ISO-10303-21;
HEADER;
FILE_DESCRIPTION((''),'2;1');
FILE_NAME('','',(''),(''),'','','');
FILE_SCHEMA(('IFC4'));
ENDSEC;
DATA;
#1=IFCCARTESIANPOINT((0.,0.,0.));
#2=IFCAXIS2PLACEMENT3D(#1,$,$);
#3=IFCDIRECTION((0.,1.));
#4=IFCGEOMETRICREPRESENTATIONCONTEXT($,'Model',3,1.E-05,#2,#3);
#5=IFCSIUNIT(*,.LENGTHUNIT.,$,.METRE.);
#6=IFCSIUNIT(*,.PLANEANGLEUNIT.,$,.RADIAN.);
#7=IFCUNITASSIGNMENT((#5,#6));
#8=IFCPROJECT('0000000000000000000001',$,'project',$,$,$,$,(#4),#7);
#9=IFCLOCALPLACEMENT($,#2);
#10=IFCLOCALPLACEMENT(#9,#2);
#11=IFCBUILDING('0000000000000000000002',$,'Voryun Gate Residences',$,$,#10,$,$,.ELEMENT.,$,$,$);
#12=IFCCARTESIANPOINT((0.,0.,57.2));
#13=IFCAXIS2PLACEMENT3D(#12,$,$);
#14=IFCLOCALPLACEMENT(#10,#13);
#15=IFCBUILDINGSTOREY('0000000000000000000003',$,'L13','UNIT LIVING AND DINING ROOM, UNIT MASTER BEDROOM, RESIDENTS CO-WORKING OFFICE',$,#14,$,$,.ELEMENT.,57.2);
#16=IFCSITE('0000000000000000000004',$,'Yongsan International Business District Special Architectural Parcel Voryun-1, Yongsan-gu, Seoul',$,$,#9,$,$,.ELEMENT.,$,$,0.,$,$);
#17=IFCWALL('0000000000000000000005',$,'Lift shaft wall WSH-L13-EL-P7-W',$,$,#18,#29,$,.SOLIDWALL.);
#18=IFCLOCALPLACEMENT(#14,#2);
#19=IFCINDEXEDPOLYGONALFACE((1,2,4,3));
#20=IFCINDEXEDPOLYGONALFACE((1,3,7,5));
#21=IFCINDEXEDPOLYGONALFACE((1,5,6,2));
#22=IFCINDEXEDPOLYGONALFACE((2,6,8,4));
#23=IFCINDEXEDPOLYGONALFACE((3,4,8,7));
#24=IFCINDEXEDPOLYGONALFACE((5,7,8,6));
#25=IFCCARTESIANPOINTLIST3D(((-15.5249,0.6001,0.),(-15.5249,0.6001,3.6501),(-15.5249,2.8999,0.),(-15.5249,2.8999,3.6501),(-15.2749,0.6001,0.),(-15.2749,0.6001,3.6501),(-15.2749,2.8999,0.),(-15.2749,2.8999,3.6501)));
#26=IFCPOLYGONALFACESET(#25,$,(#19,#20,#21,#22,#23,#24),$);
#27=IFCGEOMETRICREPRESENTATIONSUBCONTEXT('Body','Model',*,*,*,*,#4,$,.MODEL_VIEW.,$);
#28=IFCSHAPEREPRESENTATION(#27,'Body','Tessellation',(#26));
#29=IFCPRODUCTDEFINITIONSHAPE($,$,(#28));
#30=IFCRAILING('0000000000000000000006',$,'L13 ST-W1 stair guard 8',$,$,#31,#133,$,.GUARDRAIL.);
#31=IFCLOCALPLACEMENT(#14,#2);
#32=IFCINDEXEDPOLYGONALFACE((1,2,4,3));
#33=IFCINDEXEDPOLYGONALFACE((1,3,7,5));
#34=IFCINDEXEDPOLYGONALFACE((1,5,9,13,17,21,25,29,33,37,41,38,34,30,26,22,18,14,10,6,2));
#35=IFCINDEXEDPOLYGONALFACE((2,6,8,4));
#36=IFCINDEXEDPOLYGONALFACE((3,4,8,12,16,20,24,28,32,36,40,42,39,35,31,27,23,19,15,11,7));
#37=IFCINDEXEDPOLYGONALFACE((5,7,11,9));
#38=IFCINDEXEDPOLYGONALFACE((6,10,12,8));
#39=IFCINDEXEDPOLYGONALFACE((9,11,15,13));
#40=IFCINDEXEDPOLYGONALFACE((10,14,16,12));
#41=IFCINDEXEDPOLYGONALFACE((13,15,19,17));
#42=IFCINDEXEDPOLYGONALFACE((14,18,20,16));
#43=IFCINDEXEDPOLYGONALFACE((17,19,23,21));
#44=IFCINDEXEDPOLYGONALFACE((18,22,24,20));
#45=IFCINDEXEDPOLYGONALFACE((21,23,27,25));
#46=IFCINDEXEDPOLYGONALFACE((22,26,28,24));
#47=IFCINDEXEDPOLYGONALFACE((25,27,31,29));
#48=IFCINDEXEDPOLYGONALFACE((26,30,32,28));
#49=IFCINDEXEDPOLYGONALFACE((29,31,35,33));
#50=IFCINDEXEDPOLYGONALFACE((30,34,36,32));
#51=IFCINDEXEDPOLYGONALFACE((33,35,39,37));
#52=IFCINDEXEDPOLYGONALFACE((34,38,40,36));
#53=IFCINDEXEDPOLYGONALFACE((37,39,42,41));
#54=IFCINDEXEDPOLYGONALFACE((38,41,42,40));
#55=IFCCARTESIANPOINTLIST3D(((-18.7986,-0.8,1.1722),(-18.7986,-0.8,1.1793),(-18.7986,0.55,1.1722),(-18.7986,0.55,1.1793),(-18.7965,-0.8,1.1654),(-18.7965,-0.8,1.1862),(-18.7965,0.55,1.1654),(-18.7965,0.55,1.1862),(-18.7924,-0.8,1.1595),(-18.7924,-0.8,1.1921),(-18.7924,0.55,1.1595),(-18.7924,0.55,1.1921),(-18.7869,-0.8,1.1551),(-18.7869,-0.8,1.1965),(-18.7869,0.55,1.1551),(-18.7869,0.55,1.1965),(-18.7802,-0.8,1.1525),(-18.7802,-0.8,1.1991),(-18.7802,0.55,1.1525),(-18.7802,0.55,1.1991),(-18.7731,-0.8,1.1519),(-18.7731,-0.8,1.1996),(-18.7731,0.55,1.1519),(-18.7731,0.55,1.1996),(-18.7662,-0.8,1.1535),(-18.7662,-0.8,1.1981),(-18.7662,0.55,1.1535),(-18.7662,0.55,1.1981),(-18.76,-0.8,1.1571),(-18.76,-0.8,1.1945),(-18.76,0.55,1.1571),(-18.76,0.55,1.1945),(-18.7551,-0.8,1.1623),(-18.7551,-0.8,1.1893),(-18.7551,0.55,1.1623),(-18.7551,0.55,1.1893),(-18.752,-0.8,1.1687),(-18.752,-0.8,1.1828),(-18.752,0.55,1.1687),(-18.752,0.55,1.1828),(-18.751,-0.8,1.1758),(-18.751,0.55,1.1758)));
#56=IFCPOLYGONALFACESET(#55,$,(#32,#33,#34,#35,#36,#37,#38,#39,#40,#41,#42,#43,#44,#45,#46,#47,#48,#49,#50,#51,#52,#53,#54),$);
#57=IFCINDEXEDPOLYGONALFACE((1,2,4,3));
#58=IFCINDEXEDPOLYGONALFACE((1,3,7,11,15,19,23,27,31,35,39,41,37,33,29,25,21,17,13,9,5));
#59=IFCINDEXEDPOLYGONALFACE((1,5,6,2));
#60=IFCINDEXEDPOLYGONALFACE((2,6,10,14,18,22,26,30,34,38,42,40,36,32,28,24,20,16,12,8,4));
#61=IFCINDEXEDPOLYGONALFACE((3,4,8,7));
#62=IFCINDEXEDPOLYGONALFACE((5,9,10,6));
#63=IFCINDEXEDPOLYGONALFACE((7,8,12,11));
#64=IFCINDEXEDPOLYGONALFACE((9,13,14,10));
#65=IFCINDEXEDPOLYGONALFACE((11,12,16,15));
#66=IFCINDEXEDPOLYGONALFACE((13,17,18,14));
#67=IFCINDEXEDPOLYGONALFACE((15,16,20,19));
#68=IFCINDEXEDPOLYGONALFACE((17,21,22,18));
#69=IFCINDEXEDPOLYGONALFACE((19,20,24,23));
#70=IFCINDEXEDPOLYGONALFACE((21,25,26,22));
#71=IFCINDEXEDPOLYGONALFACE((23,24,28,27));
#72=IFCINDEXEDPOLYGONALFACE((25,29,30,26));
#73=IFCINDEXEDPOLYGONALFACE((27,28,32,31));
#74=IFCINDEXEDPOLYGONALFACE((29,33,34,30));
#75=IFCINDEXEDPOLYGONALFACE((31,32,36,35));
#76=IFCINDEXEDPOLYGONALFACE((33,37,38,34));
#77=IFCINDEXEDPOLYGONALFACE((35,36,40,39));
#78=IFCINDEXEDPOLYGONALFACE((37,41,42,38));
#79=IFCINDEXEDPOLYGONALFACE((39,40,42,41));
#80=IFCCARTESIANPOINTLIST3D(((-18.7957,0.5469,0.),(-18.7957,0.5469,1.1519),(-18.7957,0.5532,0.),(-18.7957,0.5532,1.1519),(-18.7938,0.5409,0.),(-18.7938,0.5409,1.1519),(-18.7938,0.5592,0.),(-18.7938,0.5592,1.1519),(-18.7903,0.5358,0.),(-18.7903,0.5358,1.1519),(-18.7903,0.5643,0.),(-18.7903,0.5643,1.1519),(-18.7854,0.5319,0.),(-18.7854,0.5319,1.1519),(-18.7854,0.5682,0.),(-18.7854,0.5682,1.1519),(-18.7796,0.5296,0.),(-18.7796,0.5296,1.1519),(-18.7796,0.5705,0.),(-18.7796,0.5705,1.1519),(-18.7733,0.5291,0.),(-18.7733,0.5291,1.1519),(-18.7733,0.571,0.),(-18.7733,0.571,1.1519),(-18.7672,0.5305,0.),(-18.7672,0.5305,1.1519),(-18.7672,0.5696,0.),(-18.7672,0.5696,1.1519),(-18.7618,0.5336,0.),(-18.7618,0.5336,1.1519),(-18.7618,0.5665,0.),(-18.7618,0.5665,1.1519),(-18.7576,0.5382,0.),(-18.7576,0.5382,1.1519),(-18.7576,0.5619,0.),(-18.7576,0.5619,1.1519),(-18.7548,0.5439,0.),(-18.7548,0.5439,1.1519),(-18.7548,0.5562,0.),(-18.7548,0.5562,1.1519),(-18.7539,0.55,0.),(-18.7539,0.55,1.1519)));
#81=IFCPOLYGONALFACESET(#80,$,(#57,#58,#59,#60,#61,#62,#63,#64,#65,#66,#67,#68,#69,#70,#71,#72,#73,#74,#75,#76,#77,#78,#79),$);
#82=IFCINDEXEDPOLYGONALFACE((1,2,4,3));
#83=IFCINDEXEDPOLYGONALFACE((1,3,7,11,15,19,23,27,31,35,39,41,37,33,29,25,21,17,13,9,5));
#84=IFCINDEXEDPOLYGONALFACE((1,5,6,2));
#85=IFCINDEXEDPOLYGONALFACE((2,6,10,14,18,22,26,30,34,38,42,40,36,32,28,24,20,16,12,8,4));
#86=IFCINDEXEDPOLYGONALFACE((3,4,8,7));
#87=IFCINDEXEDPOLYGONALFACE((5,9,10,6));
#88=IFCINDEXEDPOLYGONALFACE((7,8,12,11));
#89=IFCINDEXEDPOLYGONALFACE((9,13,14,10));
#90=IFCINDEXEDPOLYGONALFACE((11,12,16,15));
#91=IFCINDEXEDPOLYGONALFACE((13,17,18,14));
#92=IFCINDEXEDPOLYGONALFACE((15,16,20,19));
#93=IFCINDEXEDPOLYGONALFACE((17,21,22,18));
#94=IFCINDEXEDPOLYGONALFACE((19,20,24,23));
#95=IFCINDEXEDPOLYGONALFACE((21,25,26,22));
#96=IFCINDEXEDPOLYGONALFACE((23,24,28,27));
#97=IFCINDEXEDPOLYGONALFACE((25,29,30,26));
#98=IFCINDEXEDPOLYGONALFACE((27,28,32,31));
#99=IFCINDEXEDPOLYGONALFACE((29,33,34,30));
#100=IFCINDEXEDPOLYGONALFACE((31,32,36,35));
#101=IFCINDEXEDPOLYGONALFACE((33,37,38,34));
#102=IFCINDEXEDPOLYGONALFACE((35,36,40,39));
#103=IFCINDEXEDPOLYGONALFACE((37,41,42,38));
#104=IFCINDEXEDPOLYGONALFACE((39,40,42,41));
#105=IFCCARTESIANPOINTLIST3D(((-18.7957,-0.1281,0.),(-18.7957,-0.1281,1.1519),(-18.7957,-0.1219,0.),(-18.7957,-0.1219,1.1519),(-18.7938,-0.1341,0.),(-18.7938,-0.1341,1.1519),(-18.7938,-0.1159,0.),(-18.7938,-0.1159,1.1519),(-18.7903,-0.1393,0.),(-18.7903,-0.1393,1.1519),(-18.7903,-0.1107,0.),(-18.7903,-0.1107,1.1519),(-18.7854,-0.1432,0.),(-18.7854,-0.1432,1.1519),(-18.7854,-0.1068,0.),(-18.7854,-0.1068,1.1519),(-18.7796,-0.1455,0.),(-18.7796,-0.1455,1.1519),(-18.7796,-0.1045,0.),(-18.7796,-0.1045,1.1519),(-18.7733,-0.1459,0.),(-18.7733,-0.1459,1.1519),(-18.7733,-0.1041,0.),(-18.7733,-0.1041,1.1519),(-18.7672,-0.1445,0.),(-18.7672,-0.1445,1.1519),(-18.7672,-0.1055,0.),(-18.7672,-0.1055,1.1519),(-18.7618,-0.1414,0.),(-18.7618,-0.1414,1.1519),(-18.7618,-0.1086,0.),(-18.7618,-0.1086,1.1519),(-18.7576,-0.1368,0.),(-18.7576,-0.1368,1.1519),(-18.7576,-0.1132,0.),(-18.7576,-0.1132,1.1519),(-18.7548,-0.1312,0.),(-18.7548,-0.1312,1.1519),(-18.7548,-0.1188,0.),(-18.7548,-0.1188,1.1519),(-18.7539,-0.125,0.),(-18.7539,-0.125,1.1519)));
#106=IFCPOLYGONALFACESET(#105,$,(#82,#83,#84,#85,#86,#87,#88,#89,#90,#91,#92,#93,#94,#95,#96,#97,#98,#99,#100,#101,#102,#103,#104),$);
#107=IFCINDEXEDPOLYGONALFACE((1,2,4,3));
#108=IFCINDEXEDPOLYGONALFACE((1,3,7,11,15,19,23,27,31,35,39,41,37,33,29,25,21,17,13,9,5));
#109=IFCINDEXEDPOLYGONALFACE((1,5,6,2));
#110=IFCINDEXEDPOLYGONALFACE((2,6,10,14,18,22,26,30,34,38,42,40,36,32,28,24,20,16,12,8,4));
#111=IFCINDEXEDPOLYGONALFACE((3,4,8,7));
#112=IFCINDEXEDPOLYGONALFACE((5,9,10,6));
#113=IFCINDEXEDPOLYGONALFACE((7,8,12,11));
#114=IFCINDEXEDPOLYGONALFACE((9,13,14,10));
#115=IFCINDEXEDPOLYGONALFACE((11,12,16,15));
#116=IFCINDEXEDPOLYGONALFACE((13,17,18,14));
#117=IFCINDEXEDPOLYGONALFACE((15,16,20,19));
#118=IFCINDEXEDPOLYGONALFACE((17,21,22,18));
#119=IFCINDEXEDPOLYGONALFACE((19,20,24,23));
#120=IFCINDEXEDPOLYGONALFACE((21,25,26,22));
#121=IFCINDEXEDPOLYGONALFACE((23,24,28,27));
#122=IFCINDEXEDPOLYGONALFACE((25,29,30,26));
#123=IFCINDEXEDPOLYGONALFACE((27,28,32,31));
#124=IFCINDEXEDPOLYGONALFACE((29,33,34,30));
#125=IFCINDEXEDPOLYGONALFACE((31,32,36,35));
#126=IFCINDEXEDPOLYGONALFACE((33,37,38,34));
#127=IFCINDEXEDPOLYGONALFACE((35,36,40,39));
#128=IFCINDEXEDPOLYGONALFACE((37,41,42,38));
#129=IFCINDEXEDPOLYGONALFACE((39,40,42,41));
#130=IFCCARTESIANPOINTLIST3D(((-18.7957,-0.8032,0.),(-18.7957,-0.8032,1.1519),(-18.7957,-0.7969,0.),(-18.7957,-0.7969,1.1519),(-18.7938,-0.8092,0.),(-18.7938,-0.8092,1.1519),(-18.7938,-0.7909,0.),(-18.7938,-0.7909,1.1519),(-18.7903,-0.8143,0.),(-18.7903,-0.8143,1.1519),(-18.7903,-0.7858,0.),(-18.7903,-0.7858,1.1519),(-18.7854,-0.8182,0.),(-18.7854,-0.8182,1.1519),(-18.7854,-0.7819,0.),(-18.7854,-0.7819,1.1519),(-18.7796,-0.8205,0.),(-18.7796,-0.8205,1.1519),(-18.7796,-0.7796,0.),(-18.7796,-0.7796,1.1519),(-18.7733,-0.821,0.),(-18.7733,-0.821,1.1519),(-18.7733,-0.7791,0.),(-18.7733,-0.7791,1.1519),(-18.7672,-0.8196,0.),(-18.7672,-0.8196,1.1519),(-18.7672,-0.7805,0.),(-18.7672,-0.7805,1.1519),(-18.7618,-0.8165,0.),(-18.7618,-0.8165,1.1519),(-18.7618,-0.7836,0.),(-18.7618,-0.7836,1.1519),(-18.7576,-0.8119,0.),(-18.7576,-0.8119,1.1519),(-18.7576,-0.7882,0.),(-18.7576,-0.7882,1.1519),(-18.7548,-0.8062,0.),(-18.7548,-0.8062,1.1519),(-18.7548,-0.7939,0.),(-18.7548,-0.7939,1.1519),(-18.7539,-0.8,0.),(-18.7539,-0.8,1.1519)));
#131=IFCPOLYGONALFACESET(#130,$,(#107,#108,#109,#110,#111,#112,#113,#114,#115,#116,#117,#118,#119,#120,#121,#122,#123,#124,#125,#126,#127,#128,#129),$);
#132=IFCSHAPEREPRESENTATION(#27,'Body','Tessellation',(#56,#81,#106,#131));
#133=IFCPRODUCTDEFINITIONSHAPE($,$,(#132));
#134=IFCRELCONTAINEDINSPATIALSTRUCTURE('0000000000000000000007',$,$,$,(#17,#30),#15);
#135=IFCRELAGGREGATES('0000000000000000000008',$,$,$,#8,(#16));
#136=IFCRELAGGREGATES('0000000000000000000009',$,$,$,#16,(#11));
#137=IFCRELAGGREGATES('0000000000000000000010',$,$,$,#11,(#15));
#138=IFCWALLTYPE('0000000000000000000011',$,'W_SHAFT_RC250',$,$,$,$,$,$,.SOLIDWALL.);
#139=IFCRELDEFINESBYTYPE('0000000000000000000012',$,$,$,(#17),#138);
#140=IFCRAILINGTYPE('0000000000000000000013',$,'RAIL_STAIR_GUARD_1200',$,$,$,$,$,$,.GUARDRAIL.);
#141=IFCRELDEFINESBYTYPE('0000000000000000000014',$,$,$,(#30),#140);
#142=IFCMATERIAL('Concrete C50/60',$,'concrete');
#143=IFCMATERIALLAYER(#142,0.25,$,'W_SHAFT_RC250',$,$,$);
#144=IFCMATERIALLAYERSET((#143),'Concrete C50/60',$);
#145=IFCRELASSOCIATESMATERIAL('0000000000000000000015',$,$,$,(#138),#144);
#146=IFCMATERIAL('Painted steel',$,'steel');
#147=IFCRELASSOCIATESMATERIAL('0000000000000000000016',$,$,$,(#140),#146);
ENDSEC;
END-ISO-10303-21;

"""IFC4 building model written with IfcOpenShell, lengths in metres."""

from ifc_helpers import new_model, si_unit, direction, frame, frame_2d, origin, origin_2d, place, context, subcontext, project, spatial, rectangle, circle, extrude, material, layer, layer_set, type_object, element, save


model = new_model("IFC4")

# Units and contexts
model_context = context("Model", 3, precision=1e-05, world=origin(), true_north=direction((0.0, 1.0)))
body_context = subcontext(model_context, "Body", "Model", "MODEL_VIEW")
ifc_project = project(units=[si_unit("LENGTHUNIT", "METRE"), si_unit("PLANEANGLEUNIT", "RADIAN")], contexts=[model_context])

# Site, building, storey
site_placement = place(None, origin())
site = spatial("IfcSite", under=ifc_project, at=site_placement, Name="Yongsan International Business District Special Architectural Parcel Voryun-1, Yongsan-gu, Seoul", CompositionType="ELEMENT", RefElevation=0.0)
building_placement = place(site_placement, origin())
building = spatial("IfcBuilding", under=site, at=building_placement, Name="Voryun Gate Residences", CompositionType="ELEMENT")
storey_placement = place(building_placement, frame((0.0, 0.0, 57.2)))
storey = spatial("IfcBuildingStorey", under=building, at=storey_placement, Name="L13", Description="UNIT LIVING AND DINING ROOM, UNIT MASTER BEDROOM, RESIDENTS CO-WORKING OFFICE", CompositionType="ELEMENT", Elevation=57.2)

# Shared definitions
ifc_material_1 = material(Name="Concrete C50/60", Category="concrete")
ifc_layer_1 = layer(ifc_material_1, 0.25, Name="W_SHAFT_RC250")
ifc_layer_set_1 = layer_set([ifc_layer_1], Name="Concrete C50/60")
wall_type_1 = type_object("IfcWallType", Name="W_SHAFT_RC250", PredefinedType="SOLIDWALL", material=ifc_layer_set_1)

# Wall
wall_1_placement = place(storey_placement, frame((-15.3999, 2.8999, 0.0), z_axis=(0.0, 0.0, 1.0), x_axis=(0.0, -1.0, 0.0)))
element("IfcWall", 1, at=wall_1_placement, inside=storey, type_object=wall_type_1, Name="Lift shaft wall WSH-L13-EL-P7-W", PredefinedType="SOLIDWALL", context=body_context, shape_type="SweptSolid", body=[
    extrude(rectangle(XDim=2.2998, YDim=0.25, at=frame_2d((1.1499, 0.0))), origin(), (0.0, 0.0, 1.0), 3.6501),
])

# Railing
ifc_material_2 = material(Name="Painted steel", Category="steel")
railing_type = type_object("IfcRailingType", Name="RAIL_STAIR_GUARD_1200", PredefinedType="GUARDRAIL", material=ifc_material_2)
for number, where, name in (
    (2, (-18.7749, 0.55, 0.0), "L13 ST-W1 stair guard 8"),
):
    element("IfcRailing", number, at=place(storey_placement, frame(where)), inside=storey, type_object=railing_type, Name=name, PredefinedType="GUARDRAIL", context=body_context, shape_type="SweptSolid", body=[
        extrude(circle(Radius=0.0239, at=origin_2d()), frame((0.0, 0.0, 1.1758), z_axis=(0.0, -1.0, 0.0), x_axis=(1.0, 0.0, 0.0)), (0.0, 0.0, 1.0), 1.3501),
        extrude(circle(Radius=0.021, at=origin_2d()), origin(), (0.0, 0.0, 1.0), 1.1519),
        extrude(circle(Radius=0.021, at=origin_2d()), frame((0.0, -0.675, 0.0)), (0.0, 0.0, 1.0), 1.1519),
        extrude(circle(Radius=0.021, at=origin_2d()), frame((0.0, -1.3501, 0.0)), (0.0, 0.0, 1.0), 1.1519),
    ])

save(model, "model.ifc")
